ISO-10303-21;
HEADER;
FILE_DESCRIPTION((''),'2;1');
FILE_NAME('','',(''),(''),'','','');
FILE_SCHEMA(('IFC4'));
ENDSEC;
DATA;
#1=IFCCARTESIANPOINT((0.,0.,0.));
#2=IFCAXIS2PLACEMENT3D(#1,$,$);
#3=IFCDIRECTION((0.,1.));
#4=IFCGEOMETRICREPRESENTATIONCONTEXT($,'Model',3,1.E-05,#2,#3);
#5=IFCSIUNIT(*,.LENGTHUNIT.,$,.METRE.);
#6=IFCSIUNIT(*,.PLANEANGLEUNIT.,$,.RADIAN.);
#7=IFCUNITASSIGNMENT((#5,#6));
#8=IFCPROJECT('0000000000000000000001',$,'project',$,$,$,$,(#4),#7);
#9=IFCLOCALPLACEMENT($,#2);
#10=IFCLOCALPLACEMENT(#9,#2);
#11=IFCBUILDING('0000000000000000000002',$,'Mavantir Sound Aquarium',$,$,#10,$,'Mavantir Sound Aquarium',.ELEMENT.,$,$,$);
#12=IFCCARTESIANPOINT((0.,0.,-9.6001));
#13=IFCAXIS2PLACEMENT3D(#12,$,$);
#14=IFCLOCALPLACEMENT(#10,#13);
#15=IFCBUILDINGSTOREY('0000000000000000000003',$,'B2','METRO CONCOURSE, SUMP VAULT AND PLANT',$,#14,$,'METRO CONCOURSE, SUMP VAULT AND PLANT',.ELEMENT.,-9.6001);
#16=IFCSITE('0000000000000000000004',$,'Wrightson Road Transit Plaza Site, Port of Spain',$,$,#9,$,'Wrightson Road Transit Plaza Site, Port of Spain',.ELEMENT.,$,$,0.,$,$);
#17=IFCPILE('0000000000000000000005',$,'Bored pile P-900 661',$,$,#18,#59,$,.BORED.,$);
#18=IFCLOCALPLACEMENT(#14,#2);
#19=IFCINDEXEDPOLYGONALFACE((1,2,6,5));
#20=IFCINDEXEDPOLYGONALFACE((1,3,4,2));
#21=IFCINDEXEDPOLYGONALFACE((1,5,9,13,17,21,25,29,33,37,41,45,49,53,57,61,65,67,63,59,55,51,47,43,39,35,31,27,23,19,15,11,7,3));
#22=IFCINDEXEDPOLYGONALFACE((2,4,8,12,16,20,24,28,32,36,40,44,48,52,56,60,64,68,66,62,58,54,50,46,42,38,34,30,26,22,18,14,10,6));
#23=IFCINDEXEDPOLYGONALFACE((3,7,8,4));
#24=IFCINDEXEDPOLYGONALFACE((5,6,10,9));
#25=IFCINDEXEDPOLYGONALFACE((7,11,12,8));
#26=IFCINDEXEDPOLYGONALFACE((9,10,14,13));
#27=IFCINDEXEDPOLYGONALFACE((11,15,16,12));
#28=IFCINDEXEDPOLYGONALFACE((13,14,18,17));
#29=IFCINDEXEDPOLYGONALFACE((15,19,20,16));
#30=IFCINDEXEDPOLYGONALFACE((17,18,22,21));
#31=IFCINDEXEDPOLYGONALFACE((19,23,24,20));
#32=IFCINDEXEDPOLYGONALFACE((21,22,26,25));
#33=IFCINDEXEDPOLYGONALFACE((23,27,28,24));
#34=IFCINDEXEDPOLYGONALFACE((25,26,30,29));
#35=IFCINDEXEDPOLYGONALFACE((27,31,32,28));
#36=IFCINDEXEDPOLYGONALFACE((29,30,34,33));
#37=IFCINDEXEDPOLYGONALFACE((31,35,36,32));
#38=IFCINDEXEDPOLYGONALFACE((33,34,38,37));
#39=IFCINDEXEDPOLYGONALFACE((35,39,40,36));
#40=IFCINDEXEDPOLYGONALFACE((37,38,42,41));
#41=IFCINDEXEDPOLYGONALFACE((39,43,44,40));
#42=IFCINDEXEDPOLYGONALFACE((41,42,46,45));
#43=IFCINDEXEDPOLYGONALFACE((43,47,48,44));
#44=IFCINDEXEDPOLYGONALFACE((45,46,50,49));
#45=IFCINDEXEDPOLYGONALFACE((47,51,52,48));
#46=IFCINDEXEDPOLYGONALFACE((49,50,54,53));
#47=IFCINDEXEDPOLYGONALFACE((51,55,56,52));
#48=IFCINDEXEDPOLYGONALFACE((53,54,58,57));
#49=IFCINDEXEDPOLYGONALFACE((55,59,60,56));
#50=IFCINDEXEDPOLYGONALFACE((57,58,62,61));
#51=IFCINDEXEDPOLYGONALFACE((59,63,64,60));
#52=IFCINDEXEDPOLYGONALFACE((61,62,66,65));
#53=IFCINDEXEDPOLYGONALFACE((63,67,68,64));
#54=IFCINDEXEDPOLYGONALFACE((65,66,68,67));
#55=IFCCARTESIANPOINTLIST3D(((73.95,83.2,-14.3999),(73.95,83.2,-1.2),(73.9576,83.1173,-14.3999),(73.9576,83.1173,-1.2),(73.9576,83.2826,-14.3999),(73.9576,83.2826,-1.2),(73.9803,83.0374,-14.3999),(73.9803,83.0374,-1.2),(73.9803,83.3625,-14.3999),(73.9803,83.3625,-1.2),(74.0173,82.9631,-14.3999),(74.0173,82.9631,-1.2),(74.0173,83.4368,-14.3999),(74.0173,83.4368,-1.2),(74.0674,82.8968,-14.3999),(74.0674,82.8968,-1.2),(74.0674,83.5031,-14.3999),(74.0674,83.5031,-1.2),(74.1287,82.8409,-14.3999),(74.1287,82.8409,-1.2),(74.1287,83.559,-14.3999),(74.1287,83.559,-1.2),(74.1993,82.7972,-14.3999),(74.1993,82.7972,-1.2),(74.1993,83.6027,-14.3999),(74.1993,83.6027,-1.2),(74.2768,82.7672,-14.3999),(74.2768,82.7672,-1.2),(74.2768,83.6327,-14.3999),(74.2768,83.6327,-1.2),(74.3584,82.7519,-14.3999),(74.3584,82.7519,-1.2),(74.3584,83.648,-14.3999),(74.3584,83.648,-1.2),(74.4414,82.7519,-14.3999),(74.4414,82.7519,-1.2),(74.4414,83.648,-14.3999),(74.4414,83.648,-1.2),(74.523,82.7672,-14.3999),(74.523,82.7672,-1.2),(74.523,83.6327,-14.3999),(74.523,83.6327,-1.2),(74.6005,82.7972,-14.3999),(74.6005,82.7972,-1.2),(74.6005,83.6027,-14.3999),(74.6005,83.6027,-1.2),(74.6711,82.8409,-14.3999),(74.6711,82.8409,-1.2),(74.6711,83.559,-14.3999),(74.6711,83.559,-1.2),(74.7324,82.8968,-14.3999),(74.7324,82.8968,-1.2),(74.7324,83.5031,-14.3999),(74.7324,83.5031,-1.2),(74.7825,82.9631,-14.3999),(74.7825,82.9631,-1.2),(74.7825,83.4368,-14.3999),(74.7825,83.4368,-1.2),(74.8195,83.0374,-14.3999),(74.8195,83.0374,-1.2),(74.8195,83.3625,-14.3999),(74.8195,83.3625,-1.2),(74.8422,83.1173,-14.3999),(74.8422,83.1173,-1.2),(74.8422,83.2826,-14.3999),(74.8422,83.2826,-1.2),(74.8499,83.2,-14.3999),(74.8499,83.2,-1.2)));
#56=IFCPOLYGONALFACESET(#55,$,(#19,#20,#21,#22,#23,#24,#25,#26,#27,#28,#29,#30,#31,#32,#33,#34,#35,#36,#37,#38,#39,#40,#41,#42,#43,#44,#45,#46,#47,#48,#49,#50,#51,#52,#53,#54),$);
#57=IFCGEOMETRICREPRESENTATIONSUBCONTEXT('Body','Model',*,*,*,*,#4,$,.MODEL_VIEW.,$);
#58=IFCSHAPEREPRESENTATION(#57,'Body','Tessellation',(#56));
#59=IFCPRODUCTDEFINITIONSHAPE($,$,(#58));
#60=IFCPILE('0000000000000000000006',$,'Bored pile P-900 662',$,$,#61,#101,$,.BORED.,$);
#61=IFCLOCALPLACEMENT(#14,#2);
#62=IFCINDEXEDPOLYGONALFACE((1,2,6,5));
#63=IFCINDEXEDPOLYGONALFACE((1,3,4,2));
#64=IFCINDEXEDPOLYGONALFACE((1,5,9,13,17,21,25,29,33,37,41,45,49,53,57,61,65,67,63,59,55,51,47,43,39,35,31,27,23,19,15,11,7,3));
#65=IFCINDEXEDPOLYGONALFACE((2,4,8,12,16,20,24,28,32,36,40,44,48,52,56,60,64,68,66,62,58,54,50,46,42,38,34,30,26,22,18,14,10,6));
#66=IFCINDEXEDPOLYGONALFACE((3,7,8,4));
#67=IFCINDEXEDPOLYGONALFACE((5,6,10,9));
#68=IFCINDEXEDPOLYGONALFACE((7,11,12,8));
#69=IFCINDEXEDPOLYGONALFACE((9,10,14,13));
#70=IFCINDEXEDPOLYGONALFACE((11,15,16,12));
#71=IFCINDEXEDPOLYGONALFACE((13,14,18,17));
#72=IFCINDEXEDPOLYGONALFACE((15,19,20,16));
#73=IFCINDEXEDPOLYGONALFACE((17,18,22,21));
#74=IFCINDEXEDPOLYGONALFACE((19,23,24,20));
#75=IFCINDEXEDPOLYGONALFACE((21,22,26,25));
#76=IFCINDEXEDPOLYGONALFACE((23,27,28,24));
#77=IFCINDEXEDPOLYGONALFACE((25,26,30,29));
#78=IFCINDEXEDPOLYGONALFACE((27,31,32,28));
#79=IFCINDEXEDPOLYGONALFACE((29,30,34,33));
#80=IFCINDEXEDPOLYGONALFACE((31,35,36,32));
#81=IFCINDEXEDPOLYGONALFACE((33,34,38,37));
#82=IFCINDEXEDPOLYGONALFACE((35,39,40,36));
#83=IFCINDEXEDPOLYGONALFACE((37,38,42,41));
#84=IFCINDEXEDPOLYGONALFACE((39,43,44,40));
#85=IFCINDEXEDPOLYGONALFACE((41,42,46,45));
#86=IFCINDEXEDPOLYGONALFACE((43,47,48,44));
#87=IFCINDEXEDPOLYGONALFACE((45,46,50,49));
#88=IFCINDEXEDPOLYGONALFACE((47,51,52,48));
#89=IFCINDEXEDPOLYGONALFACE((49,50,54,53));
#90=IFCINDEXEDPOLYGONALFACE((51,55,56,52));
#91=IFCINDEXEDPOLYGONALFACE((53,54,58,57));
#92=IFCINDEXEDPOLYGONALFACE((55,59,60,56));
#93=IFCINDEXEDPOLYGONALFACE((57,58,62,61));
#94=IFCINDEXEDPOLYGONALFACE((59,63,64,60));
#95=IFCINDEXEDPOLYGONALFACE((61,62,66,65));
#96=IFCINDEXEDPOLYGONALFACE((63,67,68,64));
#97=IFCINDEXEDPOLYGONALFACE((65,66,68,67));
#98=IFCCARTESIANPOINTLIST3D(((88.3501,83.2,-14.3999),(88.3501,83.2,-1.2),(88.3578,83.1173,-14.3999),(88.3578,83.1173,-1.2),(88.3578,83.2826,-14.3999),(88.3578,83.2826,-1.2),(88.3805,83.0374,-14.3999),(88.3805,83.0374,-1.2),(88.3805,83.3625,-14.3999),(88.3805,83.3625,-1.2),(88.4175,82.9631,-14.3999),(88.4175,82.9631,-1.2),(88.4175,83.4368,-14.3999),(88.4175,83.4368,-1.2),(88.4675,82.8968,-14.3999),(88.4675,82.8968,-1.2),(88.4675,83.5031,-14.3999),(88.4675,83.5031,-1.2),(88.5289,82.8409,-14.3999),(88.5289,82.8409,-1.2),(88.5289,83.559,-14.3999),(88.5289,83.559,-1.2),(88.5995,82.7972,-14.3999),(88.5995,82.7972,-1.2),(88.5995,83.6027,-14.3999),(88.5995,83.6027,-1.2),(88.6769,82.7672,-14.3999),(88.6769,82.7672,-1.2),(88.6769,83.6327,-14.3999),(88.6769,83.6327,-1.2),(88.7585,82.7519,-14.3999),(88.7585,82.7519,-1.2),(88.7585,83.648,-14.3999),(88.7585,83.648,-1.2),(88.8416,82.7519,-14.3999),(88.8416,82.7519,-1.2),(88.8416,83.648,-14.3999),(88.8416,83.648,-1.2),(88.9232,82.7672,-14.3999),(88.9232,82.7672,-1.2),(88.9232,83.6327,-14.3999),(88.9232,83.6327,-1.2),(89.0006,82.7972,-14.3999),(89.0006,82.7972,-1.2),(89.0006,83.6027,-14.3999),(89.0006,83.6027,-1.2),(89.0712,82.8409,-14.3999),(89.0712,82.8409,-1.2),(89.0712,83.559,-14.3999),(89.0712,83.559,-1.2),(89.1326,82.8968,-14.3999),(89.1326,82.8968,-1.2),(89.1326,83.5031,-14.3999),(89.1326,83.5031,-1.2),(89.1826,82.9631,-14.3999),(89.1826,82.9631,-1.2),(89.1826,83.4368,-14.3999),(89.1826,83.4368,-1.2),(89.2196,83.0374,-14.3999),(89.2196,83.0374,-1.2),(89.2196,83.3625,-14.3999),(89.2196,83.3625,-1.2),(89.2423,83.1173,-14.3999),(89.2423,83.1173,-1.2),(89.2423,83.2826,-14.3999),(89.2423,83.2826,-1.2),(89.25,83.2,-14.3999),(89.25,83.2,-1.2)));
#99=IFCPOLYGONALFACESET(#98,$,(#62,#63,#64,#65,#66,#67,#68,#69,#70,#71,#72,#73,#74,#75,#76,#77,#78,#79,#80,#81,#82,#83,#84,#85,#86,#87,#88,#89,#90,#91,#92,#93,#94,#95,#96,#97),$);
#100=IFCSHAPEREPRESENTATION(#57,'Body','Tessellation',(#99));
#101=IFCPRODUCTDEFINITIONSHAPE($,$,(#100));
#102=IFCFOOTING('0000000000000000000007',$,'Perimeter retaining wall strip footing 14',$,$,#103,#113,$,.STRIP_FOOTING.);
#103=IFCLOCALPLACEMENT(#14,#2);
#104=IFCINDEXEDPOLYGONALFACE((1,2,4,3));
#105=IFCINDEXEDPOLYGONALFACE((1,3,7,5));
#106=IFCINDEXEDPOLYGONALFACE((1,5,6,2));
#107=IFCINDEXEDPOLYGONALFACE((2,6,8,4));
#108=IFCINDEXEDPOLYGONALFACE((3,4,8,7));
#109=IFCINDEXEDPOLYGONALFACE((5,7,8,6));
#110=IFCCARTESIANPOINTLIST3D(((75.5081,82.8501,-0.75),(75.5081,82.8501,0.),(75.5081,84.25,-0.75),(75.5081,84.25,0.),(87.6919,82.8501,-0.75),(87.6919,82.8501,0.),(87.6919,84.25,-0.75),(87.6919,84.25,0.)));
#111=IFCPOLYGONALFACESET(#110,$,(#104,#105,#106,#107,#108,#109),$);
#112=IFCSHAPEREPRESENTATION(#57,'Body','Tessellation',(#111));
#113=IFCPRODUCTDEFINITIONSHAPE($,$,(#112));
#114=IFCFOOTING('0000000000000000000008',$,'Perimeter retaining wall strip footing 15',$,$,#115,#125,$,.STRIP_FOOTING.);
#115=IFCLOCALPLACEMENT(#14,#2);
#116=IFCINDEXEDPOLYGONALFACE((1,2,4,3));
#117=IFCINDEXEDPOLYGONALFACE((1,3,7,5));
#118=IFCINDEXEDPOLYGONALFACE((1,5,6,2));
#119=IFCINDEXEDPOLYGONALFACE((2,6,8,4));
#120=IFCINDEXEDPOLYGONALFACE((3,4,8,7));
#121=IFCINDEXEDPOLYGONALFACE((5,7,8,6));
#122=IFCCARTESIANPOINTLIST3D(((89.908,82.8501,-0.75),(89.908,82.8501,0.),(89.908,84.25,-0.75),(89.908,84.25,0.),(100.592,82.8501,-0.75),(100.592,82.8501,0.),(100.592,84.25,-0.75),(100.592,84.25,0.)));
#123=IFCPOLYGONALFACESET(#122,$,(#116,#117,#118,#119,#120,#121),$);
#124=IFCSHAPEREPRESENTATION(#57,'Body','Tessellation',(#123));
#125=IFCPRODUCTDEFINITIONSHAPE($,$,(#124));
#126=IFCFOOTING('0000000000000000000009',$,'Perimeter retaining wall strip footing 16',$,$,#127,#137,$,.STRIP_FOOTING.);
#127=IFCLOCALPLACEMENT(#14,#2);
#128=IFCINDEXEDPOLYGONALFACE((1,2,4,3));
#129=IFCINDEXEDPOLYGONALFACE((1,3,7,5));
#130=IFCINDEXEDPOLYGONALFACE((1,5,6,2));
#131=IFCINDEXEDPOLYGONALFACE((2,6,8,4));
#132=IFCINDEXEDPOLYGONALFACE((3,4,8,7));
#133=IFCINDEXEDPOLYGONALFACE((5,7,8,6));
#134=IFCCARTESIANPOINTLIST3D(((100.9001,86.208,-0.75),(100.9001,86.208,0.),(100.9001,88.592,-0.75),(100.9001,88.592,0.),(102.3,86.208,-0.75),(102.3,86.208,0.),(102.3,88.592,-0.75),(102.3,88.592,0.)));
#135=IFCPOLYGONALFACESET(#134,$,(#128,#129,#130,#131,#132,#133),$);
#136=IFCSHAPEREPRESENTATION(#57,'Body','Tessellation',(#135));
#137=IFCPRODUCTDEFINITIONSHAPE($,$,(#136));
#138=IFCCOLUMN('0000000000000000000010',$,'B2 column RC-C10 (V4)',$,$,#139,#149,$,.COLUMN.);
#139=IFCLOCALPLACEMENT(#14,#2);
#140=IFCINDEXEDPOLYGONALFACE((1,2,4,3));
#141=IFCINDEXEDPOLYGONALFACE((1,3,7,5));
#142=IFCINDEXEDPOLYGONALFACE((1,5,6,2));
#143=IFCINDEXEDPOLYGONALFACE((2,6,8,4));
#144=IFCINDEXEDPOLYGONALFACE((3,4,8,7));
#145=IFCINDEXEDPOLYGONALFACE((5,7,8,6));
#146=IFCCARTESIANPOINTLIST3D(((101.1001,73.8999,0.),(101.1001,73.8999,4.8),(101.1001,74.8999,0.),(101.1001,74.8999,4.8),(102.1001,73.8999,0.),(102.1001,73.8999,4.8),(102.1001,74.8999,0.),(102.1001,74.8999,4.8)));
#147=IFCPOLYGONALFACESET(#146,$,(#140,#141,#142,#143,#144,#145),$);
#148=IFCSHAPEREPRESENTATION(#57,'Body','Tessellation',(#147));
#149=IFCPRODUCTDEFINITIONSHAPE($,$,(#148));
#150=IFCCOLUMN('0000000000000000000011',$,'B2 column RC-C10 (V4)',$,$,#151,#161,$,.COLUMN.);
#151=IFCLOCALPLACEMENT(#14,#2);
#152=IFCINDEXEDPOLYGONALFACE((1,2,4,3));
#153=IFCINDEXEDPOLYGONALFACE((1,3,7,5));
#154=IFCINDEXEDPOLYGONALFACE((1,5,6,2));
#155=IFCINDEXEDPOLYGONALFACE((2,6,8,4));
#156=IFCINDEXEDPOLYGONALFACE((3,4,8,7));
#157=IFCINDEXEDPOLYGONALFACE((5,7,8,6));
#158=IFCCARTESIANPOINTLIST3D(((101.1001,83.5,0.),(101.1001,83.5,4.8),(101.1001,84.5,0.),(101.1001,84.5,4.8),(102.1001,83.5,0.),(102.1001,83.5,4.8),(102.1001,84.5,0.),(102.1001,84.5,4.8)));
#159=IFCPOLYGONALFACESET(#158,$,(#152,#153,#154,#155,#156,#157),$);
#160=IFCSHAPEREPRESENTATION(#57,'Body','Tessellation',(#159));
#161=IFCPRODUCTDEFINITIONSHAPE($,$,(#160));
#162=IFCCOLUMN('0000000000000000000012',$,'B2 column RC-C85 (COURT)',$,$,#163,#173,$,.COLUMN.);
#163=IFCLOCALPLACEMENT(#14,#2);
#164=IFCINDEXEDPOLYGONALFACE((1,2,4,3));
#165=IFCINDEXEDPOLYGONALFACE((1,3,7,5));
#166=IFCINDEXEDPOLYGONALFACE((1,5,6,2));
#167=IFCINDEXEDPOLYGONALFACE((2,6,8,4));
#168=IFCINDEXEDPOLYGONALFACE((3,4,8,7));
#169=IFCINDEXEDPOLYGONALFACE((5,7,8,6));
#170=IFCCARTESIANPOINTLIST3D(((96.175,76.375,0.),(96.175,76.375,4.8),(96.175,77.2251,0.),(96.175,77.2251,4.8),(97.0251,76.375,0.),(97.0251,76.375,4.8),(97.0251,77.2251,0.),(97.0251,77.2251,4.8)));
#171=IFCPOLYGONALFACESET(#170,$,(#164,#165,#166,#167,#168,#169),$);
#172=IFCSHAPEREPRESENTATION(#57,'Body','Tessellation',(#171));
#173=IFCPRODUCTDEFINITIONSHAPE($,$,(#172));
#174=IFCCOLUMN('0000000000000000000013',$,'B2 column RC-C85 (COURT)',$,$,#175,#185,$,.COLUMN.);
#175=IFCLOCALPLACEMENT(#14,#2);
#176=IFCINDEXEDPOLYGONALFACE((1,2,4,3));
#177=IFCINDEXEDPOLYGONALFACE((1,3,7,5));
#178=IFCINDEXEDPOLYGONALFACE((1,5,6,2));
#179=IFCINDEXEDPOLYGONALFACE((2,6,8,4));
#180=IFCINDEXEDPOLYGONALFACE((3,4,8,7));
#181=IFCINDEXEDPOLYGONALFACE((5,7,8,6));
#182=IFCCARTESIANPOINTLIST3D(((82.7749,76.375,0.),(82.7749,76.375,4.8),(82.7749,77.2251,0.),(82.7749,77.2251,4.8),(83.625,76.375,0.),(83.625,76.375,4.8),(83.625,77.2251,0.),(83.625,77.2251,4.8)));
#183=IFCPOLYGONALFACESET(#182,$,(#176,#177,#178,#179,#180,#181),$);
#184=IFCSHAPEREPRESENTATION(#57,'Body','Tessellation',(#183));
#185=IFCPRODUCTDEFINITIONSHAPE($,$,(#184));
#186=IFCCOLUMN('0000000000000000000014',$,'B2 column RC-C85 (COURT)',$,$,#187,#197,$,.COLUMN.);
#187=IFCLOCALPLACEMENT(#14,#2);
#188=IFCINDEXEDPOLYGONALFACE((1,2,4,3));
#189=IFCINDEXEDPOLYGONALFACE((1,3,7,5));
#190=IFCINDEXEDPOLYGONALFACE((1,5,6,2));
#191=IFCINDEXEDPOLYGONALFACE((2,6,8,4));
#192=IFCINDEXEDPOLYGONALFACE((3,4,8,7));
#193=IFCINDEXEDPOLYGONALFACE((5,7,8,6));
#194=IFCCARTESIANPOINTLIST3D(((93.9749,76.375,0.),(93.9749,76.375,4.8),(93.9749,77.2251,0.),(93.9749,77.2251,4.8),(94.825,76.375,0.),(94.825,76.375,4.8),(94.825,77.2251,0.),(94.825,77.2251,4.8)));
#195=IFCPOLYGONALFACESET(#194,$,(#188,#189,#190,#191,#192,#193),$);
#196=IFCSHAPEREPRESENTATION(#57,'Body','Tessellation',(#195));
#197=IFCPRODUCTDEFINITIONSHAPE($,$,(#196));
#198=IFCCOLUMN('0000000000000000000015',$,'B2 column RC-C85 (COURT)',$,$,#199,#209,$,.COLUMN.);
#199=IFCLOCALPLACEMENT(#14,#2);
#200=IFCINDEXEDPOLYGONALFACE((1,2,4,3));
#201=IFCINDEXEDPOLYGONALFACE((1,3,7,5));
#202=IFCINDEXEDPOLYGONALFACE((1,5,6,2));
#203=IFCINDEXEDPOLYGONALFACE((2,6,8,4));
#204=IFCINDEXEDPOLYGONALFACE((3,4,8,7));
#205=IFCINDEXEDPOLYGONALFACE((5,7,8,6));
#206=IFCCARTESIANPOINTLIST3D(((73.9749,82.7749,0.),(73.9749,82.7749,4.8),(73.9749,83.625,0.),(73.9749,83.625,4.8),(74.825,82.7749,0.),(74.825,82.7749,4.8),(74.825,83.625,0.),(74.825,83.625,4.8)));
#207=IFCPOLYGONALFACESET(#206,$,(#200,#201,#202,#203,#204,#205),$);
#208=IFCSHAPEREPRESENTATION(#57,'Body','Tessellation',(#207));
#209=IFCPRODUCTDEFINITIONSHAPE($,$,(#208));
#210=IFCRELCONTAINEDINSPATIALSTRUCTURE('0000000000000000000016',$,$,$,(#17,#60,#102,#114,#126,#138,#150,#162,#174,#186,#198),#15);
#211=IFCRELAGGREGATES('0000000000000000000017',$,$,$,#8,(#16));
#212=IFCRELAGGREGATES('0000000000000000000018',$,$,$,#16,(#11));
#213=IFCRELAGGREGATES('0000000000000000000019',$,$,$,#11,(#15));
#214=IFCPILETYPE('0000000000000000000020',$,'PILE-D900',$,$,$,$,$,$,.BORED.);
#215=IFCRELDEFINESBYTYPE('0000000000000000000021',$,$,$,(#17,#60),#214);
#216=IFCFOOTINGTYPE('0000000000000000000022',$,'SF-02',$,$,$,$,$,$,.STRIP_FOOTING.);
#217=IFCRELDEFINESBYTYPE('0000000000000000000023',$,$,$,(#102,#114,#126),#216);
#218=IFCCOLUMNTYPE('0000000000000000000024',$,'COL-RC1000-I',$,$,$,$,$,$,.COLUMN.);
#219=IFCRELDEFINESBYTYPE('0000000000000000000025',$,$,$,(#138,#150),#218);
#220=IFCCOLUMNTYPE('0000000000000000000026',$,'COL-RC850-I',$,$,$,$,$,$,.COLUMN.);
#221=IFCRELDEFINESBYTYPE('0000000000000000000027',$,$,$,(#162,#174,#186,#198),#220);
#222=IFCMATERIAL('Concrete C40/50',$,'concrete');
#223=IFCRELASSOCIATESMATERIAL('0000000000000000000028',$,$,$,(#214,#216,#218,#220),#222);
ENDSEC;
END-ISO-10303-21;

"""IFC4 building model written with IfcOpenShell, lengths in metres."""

from ifc_helpers import new_model, si_unit, direction, frame, origin, origin_2d, place, context, subcontext, project, spatial, rectangle, circle, extrude, material, material_profile, profile_set, type_object, element, save


model = new_model("IFC4")

# Units and contexts
model_context = context("Model", 3, precision=1e-05, world=origin(), true_north=direction((0.0, 1.0)))
body_context = subcontext(model_context, "Body", "Model", "MODEL_VIEW")
ifc_project = project(units=[si_unit("LENGTHUNIT", "METRE"), si_unit("PLANEANGLEUNIT", "RADIAN")], contexts=[model_context])

# Site, building, storey
site_placement = place(None, origin())
site = spatial("IfcSite", under=ifc_project, at=site_placement, Name="Wrightson Road Transit Plaza Site, Port of Spain", LongName="Wrightson Road Transit Plaza Site, Port of Spain", CompositionType="ELEMENT", RefElevation=0.0)
building_placement = place(site_placement, origin())
building = spatial("IfcBuilding", under=site, at=building_placement, Name="Mavantir Sound Aquarium", LongName="Mavantir Sound Aquarium", CompositionType="ELEMENT")
storey_placement = place(building_placement, frame((0.0, 0.0, -9.6001)))
storey = spatial("IfcBuildingStorey", under=building, at=storey_placement, Name="B2", Description="METRO CONCOURSE, SUMP VAULT AND PLANT", LongName="METRO CONCOURSE, SUMP VAULT AND PLANT", CompositionType="ELEMENT", Elevation=-9.6001)

# Shared definitions
ifc_material_1 = material(Name="Concrete C40/50", Category="concrete")

# Piles
ifc_material_profile_1 = material_profile(ifc_material_1, circle(Radius=0.45, at=origin_2d()), Name="PILE D900")
ifc_profile_set_1 = profile_set([ifc_material_profile_1], Name="Concrete C40/50")
pile_type = type_object("IfcPileType", Name="PILE-D900", PredefinedType="BORED", material=ifc_profile_set_1)
for number, where, z_axis, x_axis, name in (
    (1, (74.3999, 83.2, -1.2), (0.0, 0.0, -1.0), (1.0, 0.0, 0.0), "Bored pile P-900 661"),
    (2, (88.8, 83.2, -1.2), (0.0, 0.0, -1.0), (1.0, 0.0, 0.0), "Bored pile P-900 662"),
):
    element("IfcPile", number, at=place(storey_placement, frame(where, z_axis=z_axis, x_axis=x_axis)), inside=storey, type_object=pile_type, Name=name, PredefinedType="BORED", context=body_context, shape_type="SweptSolid", body=[
        extrude(circle(Radius=0.45, at=origin_2d()), origin(), (0.0, 0.0, 1.0), 13.2),
    ])

# Footings
ifc_material_profile_2 = material_profile(ifc_material_1, rectangle(XDim=1.3999, YDim=0.75, at=origin_2d()), Name="RC 1400X750")
ifc_profile_set_2 = profile_set([ifc_material_profile_2], Name="Concrete C40/50")
footing_type_1 = type_object("IfcFootingType", Name="SF-02", PredefinedType="STRIP_FOOTING", material=ifc_profile_set_2)
footing_1_placement = place(storey_placement, frame((75.5081, 83.55, -0.375), z_axis=(1.0, 0.0, 0.0), x_axis=(0.0, 1.0, 0.0)))
element("IfcFooting", 3, at=footing_1_placement, inside=storey, type_object=footing_type_1, Name="Perimeter retaining wall strip footing 14", PredefinedType="STRIP_FOOTING", context=body_context, shape_type="SweptSolid", body=[
    extrude(rectangle(XDim=1.3999, YDim=0.75, at=origin_2d()), origin(), (0.0, 0.0, 1.0), 12.1838),
])
footing_2_placement = place(storey_placement, frame((89.908, 83.55, -0.375), z_axis=(1.0, 0.0, 0.0), x_axis=(0.0, 1.0, 0.0)))
element("IfcFooting", 4, at=footing_2_placement, inside=storey, type_object=footing_type_1, Name="Perimeter retaining wall strip footing 15", PredefinedType="STRIP_FOOTING", context=body_context, shape_type="SweptSolid", body=[
    extrude(rectangle(XDim=1.3999, YDim=0.75, at=origin_2d()), origin(), (0.0, 0.0, 1.0), 10.6841),
])
footing_3_placement = place(storey_placement, frame((101.6001, 86.208, -0.375), z_axis=(0.0, 1.0, 0.0), x_axis=(-1.0, 0.0, 0.0)))
element("IfcFooting", 5, at=footing_3_placement, inside=storey, type_object=footing_type_1, Name="Perimeter retaining wall strip footing 16", PredefinedType="STRIP_FOOTING", context=body_context, shape_type="SweptSolid", body=[
    extrude(rectangle(XDim=1.3999, YDim=0.75, at=origin_2d()), origin(), (0.0, 0.0, 1.0), 2.384),
])

# Columns
ifc_material_profile_3 = material_profile(ifc_material_1, rectangle(XDim=1.0, YDim=1.0, at=origin_2d()), Name="RC 1000X1000")
ifc_profile_set_3 = profile_set([ifc_material_profile_3], Name="Concrete C40/50")
column_type_1 = type_object("IfcColumnType", Name="COL-RC1000-I", PredefinedType="COLUMN", material=ifc_profile_set_3)
for number, where, z_axis, x_axis, name in (
    (6, (101.6001, 74.3999, 0.0), (0.0, 0.0, 1.0), (1.0, 0.0, 0.0), "B2 column RC-C10 (V4)"),
    (7, (101.6001, 84.0, 0.0), (0.0, 0.0, 1.0), (1.0, 0.0, 0.0), "B2 column RC-C10 (V4)"),
):
    element("IfcColumn", number, at=place(storey_placement, frame(where, z_axis=z_axis, x_axis=x_axis)), inside=storey, type_object=column_type_1, Name=name, PredefinedType="COLUMN", context=body_context, shape_type="SweptSolid", body=[
        extrude(rectangle(XDim=1.0, YDim=1.0, at=origin_2d()), origin(), (0.0, 0.0, 1.0), 4.8),
    ])
ifc_material_profile_4 = material_profile(ifc_material_1, rectangle(XDim=0.8501, YDim=0.8501, at=origin_2d()), Name="RC 850X850")
ifc_profile_set_4 = profile_set([ifc_material_profile_4], Name="Concrete C40/50")
column_type_2 = type_object("IfcColumnType", Name="COL-RC850-I", PredefinedType="COLUMN", material=ifc_profile_set_4)
for number, where, z_axis, x_axis, name in (
    (8, (96.6001, 76.8, 0.0), (0.0, 0.0, 1.0), (1.0, 0.0, 0.0), "B2 column RC-C85 (COURT)"),
    (9, (83.2, 76.8, 0.0), (0.0, 0.0, 1.0), (1.0, 0.0, 0.0), "B2 column RC-C85 (COURT)"),
    (10, (94.3999, 76.8, 0.0), (0.0, 0.0, 1.0), (1.0, 0.0, 0.0), "B2 column RC-C85 (COURT)"),
    (11, (74.3999, 83.2, 0.0), (0.0, 0.0, 1.0), (1.0, 0.0, 0.0), "B2 column RC-C85 (COURT)"),
):
    element("IfcColumn", number, at=place(storey_placement, frame(where, z_axis=z_axis, x_axis=x_axis)), inside=storey, type_object=column_type_2, Name=name, PredefinedType="COLUMN", context=body_context, shape_type="SweptSolid", body=[
        extrude(rectangle(XDim=0.8501, YDim=0.8501, at=origin_2d()), origin(), (0.0, 0.0, 1.0), 4.8),
    ])

save(model, "model.ifc")
